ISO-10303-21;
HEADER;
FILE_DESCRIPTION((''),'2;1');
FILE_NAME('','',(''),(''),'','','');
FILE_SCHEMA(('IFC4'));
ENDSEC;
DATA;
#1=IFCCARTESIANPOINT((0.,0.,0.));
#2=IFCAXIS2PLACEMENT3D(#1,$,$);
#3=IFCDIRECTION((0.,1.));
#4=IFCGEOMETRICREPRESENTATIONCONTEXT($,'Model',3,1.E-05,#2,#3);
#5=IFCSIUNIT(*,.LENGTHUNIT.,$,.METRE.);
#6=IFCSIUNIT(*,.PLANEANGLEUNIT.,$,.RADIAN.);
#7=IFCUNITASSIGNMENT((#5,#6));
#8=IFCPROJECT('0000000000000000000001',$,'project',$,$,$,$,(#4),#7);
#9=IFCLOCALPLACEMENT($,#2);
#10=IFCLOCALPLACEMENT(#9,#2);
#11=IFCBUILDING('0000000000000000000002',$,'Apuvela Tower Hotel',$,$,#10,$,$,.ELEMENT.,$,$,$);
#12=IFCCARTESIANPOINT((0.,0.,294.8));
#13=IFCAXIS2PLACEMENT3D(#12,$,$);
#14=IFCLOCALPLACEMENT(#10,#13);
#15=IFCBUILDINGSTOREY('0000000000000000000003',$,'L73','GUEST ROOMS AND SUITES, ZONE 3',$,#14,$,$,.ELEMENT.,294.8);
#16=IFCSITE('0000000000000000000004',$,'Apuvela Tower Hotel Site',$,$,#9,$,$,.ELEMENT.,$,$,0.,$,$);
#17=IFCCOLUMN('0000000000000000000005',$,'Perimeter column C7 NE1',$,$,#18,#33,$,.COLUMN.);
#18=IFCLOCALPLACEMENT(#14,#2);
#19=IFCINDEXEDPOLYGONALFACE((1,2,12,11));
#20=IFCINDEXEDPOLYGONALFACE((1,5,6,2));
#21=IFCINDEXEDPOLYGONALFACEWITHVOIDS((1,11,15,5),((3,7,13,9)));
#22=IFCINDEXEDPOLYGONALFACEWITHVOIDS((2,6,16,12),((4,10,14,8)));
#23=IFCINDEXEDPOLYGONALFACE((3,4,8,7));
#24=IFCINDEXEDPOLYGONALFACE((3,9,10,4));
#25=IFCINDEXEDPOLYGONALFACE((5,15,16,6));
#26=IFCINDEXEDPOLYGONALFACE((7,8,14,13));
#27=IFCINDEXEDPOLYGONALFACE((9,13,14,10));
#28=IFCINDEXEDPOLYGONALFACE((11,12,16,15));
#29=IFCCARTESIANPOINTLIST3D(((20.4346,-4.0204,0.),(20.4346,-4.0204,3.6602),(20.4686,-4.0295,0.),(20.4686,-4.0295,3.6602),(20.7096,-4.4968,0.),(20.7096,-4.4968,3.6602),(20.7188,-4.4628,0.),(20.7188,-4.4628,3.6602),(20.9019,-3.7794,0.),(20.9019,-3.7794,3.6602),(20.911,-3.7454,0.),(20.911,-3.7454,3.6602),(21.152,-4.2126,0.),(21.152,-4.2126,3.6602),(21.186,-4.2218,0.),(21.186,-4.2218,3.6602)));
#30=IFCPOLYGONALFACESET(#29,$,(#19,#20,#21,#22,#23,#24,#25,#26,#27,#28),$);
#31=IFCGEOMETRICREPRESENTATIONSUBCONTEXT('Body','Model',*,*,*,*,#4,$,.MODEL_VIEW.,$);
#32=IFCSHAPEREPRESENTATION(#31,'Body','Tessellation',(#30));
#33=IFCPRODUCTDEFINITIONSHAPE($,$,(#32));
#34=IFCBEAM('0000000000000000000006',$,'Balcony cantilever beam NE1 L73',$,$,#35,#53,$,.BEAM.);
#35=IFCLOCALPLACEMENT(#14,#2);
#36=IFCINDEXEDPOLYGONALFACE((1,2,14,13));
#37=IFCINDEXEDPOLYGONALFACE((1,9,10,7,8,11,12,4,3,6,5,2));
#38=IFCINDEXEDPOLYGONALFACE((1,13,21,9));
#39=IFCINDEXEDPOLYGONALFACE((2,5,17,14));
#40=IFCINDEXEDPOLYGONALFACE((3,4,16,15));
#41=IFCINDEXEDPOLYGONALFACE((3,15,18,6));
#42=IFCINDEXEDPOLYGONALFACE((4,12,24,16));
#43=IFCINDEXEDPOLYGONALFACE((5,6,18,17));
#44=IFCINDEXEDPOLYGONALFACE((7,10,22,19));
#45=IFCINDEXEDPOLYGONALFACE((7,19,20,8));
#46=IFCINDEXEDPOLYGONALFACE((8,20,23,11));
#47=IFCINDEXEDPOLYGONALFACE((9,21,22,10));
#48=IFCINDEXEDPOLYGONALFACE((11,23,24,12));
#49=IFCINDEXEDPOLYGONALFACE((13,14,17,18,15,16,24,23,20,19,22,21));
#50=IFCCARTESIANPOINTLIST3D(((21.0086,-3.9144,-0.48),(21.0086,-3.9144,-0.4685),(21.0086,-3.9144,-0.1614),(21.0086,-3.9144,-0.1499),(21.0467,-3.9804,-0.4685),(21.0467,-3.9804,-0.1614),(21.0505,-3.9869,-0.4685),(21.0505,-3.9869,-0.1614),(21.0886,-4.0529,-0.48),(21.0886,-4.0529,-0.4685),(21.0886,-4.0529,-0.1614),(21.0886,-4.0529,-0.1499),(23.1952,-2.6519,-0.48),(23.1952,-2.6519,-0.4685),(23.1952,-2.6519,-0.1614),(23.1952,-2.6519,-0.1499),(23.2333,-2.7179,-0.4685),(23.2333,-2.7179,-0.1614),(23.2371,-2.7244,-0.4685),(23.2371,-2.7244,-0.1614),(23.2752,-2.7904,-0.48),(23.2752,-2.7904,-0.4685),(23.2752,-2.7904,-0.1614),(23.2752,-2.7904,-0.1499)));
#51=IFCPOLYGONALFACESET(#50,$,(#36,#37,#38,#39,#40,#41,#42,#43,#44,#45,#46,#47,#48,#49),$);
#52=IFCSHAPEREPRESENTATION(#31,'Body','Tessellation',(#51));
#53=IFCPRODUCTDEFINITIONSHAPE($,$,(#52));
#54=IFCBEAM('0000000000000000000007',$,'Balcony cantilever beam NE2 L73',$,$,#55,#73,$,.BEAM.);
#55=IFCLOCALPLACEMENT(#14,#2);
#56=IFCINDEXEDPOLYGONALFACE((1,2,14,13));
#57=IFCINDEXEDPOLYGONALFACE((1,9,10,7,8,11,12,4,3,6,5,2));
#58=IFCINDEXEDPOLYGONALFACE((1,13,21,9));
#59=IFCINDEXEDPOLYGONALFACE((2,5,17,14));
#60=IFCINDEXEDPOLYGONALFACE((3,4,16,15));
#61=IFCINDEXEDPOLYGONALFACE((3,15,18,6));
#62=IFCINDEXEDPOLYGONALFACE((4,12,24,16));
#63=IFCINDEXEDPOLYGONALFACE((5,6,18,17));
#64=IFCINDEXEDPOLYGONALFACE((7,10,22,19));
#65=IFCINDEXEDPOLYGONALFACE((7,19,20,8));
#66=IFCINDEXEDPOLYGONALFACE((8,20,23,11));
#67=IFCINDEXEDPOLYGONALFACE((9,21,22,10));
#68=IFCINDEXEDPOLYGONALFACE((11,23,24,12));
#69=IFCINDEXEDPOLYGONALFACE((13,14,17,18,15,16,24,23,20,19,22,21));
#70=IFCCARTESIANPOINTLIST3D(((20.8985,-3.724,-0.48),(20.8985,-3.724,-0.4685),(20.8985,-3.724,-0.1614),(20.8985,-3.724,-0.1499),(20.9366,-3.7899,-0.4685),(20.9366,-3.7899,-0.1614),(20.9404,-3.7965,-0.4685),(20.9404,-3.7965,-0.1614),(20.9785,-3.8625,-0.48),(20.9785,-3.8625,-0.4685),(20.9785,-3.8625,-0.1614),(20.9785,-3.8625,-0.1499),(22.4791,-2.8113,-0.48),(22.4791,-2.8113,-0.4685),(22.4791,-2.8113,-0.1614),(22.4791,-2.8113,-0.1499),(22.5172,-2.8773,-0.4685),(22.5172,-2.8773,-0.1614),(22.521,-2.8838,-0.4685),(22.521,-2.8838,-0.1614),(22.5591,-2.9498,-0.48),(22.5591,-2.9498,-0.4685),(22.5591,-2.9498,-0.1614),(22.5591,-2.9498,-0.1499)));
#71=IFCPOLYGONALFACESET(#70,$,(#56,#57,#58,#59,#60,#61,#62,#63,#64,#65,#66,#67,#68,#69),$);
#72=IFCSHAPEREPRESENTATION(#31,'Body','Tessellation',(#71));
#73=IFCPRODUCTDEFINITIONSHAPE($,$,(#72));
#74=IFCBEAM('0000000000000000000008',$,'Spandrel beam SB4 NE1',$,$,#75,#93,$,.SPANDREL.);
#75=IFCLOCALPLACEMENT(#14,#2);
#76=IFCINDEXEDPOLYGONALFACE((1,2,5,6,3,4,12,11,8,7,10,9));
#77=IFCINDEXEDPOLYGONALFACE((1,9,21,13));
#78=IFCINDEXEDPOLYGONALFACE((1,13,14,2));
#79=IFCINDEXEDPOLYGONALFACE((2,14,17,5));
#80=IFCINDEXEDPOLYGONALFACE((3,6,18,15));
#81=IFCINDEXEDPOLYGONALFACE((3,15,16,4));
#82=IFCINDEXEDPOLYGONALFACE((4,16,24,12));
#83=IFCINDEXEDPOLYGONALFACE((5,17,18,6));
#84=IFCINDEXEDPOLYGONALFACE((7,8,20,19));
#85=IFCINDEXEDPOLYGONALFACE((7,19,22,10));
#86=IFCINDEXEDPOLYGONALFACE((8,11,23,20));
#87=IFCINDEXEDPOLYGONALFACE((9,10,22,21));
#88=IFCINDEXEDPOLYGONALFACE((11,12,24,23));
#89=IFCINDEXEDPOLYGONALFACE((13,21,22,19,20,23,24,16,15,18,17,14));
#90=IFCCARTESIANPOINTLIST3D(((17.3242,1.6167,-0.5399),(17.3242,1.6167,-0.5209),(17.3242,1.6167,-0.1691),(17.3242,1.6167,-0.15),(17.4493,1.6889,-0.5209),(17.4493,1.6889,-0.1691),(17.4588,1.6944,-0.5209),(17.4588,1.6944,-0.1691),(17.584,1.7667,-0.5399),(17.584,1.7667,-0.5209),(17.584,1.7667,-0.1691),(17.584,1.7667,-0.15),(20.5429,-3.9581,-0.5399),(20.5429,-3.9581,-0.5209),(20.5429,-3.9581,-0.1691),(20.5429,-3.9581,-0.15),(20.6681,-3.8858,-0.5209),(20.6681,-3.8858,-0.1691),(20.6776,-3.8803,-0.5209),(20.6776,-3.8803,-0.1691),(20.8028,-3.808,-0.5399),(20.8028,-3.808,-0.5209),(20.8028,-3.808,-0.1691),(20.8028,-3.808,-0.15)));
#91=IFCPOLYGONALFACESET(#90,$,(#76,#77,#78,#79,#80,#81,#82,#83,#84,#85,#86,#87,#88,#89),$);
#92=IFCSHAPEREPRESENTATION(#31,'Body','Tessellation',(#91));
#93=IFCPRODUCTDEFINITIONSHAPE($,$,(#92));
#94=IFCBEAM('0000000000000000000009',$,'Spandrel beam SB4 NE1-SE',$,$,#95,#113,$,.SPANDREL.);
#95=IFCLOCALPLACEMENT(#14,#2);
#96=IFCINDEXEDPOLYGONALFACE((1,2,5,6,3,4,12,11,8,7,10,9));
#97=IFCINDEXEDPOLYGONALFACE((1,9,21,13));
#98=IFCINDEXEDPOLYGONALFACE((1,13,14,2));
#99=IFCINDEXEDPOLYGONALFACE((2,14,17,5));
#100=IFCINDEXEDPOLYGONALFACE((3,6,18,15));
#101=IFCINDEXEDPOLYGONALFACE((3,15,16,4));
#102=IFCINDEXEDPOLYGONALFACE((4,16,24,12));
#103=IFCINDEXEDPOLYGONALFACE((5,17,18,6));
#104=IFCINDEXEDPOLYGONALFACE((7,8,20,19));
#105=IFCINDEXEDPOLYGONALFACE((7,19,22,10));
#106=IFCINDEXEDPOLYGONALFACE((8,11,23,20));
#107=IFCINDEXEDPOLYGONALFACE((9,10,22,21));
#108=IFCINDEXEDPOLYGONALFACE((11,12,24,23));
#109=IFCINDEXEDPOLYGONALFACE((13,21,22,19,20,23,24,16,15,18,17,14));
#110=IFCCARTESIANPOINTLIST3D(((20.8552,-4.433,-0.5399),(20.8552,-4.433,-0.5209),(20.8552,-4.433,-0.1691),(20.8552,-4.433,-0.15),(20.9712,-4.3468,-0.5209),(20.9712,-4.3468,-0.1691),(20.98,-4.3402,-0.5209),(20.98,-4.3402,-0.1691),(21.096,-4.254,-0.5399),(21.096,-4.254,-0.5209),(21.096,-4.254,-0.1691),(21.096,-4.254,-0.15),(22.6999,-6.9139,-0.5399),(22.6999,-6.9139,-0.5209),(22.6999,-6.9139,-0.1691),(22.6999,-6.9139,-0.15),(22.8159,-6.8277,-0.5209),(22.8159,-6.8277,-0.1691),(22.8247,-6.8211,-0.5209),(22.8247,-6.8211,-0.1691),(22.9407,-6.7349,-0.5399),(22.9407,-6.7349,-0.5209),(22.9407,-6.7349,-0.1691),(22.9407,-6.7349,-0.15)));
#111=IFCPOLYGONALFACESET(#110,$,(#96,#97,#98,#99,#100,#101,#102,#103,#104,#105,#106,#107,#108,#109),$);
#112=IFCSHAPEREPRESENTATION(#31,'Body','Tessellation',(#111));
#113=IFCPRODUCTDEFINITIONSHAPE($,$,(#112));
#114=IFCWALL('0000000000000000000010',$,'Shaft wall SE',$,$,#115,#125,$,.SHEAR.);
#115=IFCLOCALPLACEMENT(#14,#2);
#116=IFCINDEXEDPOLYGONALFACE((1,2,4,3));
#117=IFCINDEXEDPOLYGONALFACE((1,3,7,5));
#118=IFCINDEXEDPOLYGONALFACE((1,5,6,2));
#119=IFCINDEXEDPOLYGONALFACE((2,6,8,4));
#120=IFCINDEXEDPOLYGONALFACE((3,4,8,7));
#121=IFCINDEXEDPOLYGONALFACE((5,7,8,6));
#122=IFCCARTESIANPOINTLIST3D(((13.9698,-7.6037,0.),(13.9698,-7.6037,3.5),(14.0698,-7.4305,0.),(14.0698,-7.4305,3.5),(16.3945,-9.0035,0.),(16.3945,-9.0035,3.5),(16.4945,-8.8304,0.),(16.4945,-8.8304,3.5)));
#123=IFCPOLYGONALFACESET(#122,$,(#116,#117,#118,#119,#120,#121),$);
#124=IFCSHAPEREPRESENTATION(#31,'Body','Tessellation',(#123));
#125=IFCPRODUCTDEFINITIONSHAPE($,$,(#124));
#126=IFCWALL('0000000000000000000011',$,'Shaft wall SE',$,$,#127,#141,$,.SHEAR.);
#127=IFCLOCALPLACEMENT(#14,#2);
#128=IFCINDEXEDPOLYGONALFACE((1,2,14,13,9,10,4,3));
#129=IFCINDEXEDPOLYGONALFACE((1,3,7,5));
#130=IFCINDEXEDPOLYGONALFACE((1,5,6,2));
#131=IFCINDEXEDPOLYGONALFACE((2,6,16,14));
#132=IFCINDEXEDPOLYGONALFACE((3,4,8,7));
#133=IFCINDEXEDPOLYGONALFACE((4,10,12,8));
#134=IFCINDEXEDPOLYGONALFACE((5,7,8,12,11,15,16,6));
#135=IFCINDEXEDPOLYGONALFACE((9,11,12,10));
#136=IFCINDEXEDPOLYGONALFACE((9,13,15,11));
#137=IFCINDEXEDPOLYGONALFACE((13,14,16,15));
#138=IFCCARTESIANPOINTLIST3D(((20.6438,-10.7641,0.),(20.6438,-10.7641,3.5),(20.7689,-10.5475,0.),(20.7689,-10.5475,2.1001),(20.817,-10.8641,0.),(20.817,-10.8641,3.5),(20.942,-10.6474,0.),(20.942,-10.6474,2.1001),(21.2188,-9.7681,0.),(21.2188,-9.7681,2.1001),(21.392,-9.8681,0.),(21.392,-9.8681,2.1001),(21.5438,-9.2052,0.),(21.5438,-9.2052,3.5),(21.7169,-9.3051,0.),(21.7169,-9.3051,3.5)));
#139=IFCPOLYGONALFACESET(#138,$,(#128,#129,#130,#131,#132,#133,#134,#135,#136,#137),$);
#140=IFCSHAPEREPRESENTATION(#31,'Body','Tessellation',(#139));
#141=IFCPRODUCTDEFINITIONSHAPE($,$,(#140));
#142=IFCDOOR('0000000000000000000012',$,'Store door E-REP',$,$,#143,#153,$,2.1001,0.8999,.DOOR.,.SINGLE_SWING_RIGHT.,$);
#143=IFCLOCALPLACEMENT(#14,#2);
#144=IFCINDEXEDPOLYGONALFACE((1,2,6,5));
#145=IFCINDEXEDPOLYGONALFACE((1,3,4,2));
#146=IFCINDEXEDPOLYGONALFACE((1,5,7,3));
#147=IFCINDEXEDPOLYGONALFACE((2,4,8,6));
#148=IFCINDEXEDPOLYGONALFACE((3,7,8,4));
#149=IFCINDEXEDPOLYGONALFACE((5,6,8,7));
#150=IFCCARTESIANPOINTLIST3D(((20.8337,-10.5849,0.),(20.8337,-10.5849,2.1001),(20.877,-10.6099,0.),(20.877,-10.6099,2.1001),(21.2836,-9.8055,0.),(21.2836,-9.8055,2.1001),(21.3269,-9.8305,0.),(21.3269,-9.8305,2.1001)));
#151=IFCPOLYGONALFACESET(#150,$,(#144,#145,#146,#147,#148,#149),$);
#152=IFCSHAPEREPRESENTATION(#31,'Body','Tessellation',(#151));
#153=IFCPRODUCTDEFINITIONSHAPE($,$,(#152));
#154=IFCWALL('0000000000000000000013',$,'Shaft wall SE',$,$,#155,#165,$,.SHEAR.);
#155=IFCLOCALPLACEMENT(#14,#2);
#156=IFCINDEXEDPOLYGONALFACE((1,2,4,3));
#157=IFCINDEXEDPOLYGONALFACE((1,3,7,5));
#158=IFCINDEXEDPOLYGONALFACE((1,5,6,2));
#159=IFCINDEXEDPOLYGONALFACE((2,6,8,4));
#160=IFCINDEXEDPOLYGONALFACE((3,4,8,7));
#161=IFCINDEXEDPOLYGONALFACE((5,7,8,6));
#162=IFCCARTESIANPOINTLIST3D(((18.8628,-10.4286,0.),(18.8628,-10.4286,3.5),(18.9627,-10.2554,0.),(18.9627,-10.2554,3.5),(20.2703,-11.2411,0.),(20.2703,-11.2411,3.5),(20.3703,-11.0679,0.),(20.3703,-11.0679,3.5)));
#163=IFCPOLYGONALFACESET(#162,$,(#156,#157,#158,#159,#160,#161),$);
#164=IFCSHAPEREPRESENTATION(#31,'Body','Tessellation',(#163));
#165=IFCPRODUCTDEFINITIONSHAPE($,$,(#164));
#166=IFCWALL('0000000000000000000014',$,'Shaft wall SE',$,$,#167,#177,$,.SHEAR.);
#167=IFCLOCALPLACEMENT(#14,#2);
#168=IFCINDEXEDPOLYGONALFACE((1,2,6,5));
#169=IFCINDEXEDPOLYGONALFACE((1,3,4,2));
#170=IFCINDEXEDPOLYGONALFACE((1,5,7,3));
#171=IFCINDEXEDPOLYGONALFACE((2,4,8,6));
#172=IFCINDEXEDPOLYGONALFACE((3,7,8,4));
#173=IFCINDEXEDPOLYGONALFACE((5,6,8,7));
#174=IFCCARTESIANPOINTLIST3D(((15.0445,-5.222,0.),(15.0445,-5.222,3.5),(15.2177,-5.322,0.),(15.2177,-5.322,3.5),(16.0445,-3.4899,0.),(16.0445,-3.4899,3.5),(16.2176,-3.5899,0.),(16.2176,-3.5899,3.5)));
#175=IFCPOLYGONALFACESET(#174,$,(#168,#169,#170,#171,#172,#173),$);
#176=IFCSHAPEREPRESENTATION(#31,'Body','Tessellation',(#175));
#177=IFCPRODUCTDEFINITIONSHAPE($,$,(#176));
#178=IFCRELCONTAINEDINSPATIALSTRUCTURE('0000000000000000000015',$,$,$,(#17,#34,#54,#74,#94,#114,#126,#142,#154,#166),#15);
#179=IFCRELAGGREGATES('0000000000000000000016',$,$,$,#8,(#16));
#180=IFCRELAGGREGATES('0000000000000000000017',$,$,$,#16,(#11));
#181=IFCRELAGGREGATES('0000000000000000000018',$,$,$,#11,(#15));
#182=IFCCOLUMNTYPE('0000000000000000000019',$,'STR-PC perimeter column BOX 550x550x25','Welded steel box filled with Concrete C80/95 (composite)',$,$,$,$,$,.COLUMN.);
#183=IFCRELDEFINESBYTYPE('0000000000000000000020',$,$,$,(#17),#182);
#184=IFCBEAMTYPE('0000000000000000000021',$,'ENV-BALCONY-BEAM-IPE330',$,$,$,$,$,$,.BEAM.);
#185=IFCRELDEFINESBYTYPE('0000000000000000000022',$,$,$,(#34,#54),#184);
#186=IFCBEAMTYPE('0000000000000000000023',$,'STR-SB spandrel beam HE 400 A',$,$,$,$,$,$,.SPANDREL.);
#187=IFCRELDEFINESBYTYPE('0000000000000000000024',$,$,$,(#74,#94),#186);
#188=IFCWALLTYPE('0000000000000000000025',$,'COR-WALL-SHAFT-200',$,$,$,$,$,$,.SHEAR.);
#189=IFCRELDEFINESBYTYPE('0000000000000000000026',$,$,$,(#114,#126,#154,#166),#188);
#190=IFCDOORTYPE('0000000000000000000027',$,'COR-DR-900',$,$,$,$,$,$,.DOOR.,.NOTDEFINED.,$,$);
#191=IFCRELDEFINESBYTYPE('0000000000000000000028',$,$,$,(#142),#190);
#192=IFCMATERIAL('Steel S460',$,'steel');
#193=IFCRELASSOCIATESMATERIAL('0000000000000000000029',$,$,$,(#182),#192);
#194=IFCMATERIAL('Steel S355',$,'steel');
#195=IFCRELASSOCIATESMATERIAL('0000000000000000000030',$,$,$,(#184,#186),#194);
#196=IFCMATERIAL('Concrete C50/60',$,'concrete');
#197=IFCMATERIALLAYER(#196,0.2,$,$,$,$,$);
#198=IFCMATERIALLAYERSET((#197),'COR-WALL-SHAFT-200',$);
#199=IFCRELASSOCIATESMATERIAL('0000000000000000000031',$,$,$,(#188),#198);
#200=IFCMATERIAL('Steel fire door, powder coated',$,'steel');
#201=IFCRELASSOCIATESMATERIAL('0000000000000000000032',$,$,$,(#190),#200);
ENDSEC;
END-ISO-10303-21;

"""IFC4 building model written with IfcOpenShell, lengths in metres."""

from ifc_helpers import new_model, si_unit, direction, frame, frame_2d, origin, origin_2d, place, context, subcontext, project, spatial, rectangle, hollow_rectangle, i_section, extrude, boolean, halfspace, material, layer, layer_set, material_profile, profile_set, type_object, element, fill, save


model = new_model("IFC4")

# Units and contexts
model_context = context("Model", 3, precision=1e-05, world=origin(), true_north=direction((0.0, 1.0)))
body_context = subcontext(model_context, "Body", "Model", "MODEL_VIEW")
ifc_project = project(units=[si_unit("LENGTHUNIT", "METRE"), si_unit("PLANEANGLEUNIT", "RADIAN")], contexts=[model_context])

# Site, building, storey
site_placement = place(None, origin())
site = spatial("IfcSite", under=ifc_project, at=site_placement, Name="Apuvela Tower Hotel Site", CompositionType="ELEMENT", RefElevation=0.0)
building_placement = place(site_placement, origin())
building = spatial("IfcBuilding", under=site, at=building_placement, Name="Apuvela Tower Hotel", CompositionType="ELEMENT")
storey_placement = place(building_placement, frame((0.0, 0.0, 294.8)))
storey = spatial("IfcBuildingStorey", under=building, at=storey_placement, Name="L73", Description="GUEST ROOMS AND SUITES, ZONE 3", CompositionType="ELEMENT", Elevation=294.8)

# Column
ifc_material_1 = material(Name="Steel S460", Category="steel")
ifc_material_profile_1 = material_profile(ifc_material_1, hollow_rectangle(XDim=0.55, YDim=0.55, WallThickness=0.0249, at=origin_2d()), Name="BOX 550x550x25")
ifc_material_2 = material(Name="Concrete C80/95", Category="concrete")
ifc_material_profile_2 = material_profile(ifc_material_2, rectangle(XDim=0.5, YDim=0.5, at=origin_2d()), Name="Concrete C80/95 infill")
ifc_profile_set_1 = profile_set([ifc_material_profile_1, ifc_material_profile_2], Name="Steel S460")
column_type = type_object("IfcColumnType", Name="STR-PC perimeter column BOX 550x550x25", Description="Welded steel box filled with Concrete C80/95 (composite)", PredefinedType="COLUMN", material=ifc_profile_set_1)
column_placement = place(storey_placement, frame((20.8103, -4.1211, 0.0), z_axis=(0.0, 0.0, 1.0), x_axis=(-0.5, 0.866025, 0.0)))
element("IfcColumn", 1, at=column_placement, inside=storey, type_object=column_type, Name="Perimeter column C7 NE1", PredefinedType="COLUMN", context=body_context, shape_type="SweptSolid", body=[
    boolean("DIFFERENCE", extrude(hollow_rectangle(XDim=0.55, YDim=0.55, WallThickness=0.0249, at=origin_2d()), origin(), (0.0, 0.0, 1.0), 3.7), halfspace(frame((0.0, 0.0, 3.6602), z_axis=(0.0, 0.0, 1.0), x_axis=(1.0, 0.0, 0.0)), False)),
])

# Beams
ifc_material_3 = material(Name="Steel S355", Category="steel")
ifc_material_profile_3 = material_profile(ifc_material_3, i_section(OverallWidth=0.1599, OverallDepth=0.3301, WebThickness=0.0076, FlangeThickness=0.0115, at=origin_2d()), Name="IPE 330")
ifc_profile_set_2 = profile_set([ifc_material_profile_3], Name="Steel S355")
beam_type_1 = type_object("IfcBeamType", Name="ENV-BALCONY-BEAM-IPE330", PredefinedType="BEAM", material=ifc_profile_set_2)
beam_1_placement = place(storey_placement, frame((21.0486, -3.9836, -0.3149), z_axis=(0.866015, 0.500018, 0.0), x_axis=(-0.500018, 0.866015, 0.0)))
element("IfcBeam", 2, at=beam_1_placement, inside=storey, type_object=beam_type_1, Name="Balcony cantilever beam NE1 L73", PredefinedType="BEAM", context=body_context, shape_type="SweptSolid", body=[
    extrude(i_section(OverallWidth=0.1599, OverallDepth=0.3301, WebThickness=0.0076, FlangeThickness=0.0115, at=origin_2d()), origin(), (0.0, 0.0, 1.0), 2.5249),
])
beam_2_placement = place(storey_placement, frame((20.9385, -3.7932, -0.3149), z_axis=(0.866012, 0.500024, 0.0), x_axis=(-0.500024, 0.866012, 0.0)))
element("IfcBeam", 3, at=beam_2_placement, inside=storey, type_object=beam_type_1, Name="Balcony cantilever beam NE2 L73", PredefinedType="BEAM", context=body_context, shape_type="SweptSolid", body=[
    extrude(i_section(OverallWidth=0.1599, OverallDepth=0.3301, WebThickness=0.0076, FlangeThickness=0.0115, at=origin_2d()), origin(), (0.0, 0.0, 1.0), 1.8252),
])
ifc_material_profile_4 = material_profile(ifc_material_3, i_section(OverallWidth=0.3, OverallDepth=0.3899, WebThickness=0.011, FlangeThickness=0.019, at=origin_2d()), Name="HE 400 A")
ifc_profile_set_3 = profile_set([ifc_material_profile_4], Name="Steel S355")
beam_type_2 = type_object("IfcBeamType", Name="STR-SB spandrel beam HE 400 A", PredefinedType="SPANDREL", material=ifc_profile_set_3)
beam_3_placement = place(storey_placement, frame((20.6729, -3.8831, -0.345), z_axis=(-0.500022, 0.866013, 0.0), x_axis=(-0.866013, -0.500022, 0.0)))
element("IfcBeam", 4, at=beam_3_placement, inside=storey, type_object=beam_type_2, Name="Spandrel beam SB4 NE1", PredefinedType="SPANDREL", context=body_context, shape_type="SweptSolid", body=[
    extrude(i_section(OverallWidth=0.3, OverallDepth=0.3899, WebThickness=0.011, FlangeThickness=0.019, at=origin_2d()), origin(), (0.0, 0.0, 1.0), 6.4373),
])
beam_4_placement = place(storey_placement, frame((20.9756, -4.3435, -0.345), z_axis=(0.596685, -0.802476, 0.0), x_axis=(0.802476, 0.596685, 0.0)))
element("IfcBeam", 5, at=beam_4_placement, inside=storey, type_object=beam_type_2, Name="Spandrel beam SB4 NE1-SE", PredefinedType="SPANDREL", context=body_context, shape_type="SweptSolid", body=[
    extrude(i_section(OverallWidth=0.3, OverallDepth=0.3899, WebThickness=0.011, FlangeThickness=0.019, at=origin_2d()), origin(), (0.0, 0.0, 1.0), 3.0916),
])

# Wall
ifc_material_4 = material(Name="Concrete C50/60", Category="concrete")
ifc_layer_1 = layer(ifc_material_4, 0.2)
ifc_layer_set_1 = layer_set([ifc_layer_1], Name="COR-WALL-SHAFT-200")
wall_type_1 = type_object("IfcWallType", Name="COR-WALL-SHAFT-200", PredefinedType="SHEAR", material=ifc_layer_set_1)
wall_1_placement = place(storey_placement, frame((14.0198, -7.5171, 0.0), z_axis=(0.0, 0.0, 1.0), x_axis=(0.866035, -0.499984, 0.0)))
element("IfcWall", 6, at=wall_1_placement, inside=storey, type_object=wall_type_1, Name="Shaft wall SE", PredefinedType="SHEAR", context=body_context, shape_type="SweptSolid", body=[
    extrude(rectangle(XDim=2.7998, YDim=0.2, at=frame_2d((1.3999, 0.0))), origin(), (0.0, 0.0, 1.0), 3.5),
])

# Wall, opening, door
wall_2_placement = place(storey_placement, frame((20.7305, -10.814, 0.0), z_axis=(0.0, 0.0, 1.0), x_axis=(0.499961, 0.866048, 0.0)))
wall_2 = element("IfcWall", 7, at=wall_2_placement, inside=storey, type_object=wall_type_1, Name="Shaft wall SE", PredefinedType="SHEAR", context=body_context, shape_type="SweptSolid", body=[
    extrude(rectangle(XDim=1.8, YDim=0.2, at=frame_2d((0.8999, 0.0))), origin(), (0.0, 0.0, 1.0), 3.5),
])
opening_1_placement = place(wall_2_placement, frame((0.25, 0.0, 0.0)))
opening_1 = element("IfcOpeningElement", 8, at=opening_1_placement, cuts=wall_2, PredefinedType="OPENING", context=body_context, shape_type="SweptSolid", body=[
    extrude(rectangle(XDim=0.8999, YDim=2.1001, at=frame_2d((0.45, 1.05))), frame((0.0, 0.1099, 0.0), z_axis=(0.0, -1.0, 0.0), x_axis=(1.0, 0.0, 0.0)), (0.0, 0.0, 1.0), 0.22),
])
ifc_material_5 = material(Name="Steel fire door, powder coated", Category="steel")
door_type_1 = type_object("IfcDoorType", Name="COR-DR-900", OperationType="NOTDEFINED", PredefinedType="DOOR", material=ifc_material_5)
door_1_placement = place(opening_1_placement, frame((0.8999, 0.0, 0.0), z_axis=(0.0, 0.0, 1.0), x_axis=(-1.0, 0.0, 0.0)))
door_1 = element("IfcDoor", 9, at=door_1_placement, inside=storey, type_object=door_type_1, Name="Store door E-REP", OperationType="SINGLE_SWING_RIGHT", OverallHeight=2.1001, OverallWidth=0.8999, PredefinedType="DOOR", context=body_context, shape_type="SweptSolid", body=[
    extrude(rectangle(XDim=0.8999, YDim=2.1001, at=frame_2d((0.45, 1.05))), frame((0.0, 0.0249, 0.0), z_axis=(0.0, -1.0, 0.0), x_axis=(1.0, 0.0, 0.0)), (0.0, 0.0, 1.0), 0.05),
])
fill(opening_1, door_1)

# Walls
wall_3_placement = place(storey_placement, frame((18.9128, -10.342, 0.0), z_axis=(0.0, 0.0, 1.0), x_axis=(0.866053, -0.499952, 0.0)))
element("IfcWall", 10, at=wall_3_placement, inside=storey, type_object=wall_type_1, Name="Shaft wall SE", PredefinedType="SHEAR", context=body_context, shape_type="SweptSolid", body=[
    extrude(rectangle(XDim=1.6252, YDim=0.2, at=frame_2d((0.8125, 0.0))), origin(), (0.0, 0.0, 1.0), 3.5),
])
for number, where, z_axis, x_axis, name in (
    (11, (15.1311, -5.272, 0.0), (0.0, 0.0, 1.0), (0.499973, 0.866041, 0.0), "Shaft wall SE"),
):
    element("IfcWall", number, at=place(storey_placement, frame(where, z_axis=z_axis, x_axis=x_axis)), inside=storey, type_object=wall_type_1, Name=name, PredefinedType="SHEAR", context=body_context, shape_type="SweptSolid", body=[
        extrude(rectangle(XDim=2.0, YDim=0.2, at=frame_2d((1.0, 0.0))), origin(), (0.0, 0.0, 1.0), 3.5),
    ])

save(model, "model.ifc")
